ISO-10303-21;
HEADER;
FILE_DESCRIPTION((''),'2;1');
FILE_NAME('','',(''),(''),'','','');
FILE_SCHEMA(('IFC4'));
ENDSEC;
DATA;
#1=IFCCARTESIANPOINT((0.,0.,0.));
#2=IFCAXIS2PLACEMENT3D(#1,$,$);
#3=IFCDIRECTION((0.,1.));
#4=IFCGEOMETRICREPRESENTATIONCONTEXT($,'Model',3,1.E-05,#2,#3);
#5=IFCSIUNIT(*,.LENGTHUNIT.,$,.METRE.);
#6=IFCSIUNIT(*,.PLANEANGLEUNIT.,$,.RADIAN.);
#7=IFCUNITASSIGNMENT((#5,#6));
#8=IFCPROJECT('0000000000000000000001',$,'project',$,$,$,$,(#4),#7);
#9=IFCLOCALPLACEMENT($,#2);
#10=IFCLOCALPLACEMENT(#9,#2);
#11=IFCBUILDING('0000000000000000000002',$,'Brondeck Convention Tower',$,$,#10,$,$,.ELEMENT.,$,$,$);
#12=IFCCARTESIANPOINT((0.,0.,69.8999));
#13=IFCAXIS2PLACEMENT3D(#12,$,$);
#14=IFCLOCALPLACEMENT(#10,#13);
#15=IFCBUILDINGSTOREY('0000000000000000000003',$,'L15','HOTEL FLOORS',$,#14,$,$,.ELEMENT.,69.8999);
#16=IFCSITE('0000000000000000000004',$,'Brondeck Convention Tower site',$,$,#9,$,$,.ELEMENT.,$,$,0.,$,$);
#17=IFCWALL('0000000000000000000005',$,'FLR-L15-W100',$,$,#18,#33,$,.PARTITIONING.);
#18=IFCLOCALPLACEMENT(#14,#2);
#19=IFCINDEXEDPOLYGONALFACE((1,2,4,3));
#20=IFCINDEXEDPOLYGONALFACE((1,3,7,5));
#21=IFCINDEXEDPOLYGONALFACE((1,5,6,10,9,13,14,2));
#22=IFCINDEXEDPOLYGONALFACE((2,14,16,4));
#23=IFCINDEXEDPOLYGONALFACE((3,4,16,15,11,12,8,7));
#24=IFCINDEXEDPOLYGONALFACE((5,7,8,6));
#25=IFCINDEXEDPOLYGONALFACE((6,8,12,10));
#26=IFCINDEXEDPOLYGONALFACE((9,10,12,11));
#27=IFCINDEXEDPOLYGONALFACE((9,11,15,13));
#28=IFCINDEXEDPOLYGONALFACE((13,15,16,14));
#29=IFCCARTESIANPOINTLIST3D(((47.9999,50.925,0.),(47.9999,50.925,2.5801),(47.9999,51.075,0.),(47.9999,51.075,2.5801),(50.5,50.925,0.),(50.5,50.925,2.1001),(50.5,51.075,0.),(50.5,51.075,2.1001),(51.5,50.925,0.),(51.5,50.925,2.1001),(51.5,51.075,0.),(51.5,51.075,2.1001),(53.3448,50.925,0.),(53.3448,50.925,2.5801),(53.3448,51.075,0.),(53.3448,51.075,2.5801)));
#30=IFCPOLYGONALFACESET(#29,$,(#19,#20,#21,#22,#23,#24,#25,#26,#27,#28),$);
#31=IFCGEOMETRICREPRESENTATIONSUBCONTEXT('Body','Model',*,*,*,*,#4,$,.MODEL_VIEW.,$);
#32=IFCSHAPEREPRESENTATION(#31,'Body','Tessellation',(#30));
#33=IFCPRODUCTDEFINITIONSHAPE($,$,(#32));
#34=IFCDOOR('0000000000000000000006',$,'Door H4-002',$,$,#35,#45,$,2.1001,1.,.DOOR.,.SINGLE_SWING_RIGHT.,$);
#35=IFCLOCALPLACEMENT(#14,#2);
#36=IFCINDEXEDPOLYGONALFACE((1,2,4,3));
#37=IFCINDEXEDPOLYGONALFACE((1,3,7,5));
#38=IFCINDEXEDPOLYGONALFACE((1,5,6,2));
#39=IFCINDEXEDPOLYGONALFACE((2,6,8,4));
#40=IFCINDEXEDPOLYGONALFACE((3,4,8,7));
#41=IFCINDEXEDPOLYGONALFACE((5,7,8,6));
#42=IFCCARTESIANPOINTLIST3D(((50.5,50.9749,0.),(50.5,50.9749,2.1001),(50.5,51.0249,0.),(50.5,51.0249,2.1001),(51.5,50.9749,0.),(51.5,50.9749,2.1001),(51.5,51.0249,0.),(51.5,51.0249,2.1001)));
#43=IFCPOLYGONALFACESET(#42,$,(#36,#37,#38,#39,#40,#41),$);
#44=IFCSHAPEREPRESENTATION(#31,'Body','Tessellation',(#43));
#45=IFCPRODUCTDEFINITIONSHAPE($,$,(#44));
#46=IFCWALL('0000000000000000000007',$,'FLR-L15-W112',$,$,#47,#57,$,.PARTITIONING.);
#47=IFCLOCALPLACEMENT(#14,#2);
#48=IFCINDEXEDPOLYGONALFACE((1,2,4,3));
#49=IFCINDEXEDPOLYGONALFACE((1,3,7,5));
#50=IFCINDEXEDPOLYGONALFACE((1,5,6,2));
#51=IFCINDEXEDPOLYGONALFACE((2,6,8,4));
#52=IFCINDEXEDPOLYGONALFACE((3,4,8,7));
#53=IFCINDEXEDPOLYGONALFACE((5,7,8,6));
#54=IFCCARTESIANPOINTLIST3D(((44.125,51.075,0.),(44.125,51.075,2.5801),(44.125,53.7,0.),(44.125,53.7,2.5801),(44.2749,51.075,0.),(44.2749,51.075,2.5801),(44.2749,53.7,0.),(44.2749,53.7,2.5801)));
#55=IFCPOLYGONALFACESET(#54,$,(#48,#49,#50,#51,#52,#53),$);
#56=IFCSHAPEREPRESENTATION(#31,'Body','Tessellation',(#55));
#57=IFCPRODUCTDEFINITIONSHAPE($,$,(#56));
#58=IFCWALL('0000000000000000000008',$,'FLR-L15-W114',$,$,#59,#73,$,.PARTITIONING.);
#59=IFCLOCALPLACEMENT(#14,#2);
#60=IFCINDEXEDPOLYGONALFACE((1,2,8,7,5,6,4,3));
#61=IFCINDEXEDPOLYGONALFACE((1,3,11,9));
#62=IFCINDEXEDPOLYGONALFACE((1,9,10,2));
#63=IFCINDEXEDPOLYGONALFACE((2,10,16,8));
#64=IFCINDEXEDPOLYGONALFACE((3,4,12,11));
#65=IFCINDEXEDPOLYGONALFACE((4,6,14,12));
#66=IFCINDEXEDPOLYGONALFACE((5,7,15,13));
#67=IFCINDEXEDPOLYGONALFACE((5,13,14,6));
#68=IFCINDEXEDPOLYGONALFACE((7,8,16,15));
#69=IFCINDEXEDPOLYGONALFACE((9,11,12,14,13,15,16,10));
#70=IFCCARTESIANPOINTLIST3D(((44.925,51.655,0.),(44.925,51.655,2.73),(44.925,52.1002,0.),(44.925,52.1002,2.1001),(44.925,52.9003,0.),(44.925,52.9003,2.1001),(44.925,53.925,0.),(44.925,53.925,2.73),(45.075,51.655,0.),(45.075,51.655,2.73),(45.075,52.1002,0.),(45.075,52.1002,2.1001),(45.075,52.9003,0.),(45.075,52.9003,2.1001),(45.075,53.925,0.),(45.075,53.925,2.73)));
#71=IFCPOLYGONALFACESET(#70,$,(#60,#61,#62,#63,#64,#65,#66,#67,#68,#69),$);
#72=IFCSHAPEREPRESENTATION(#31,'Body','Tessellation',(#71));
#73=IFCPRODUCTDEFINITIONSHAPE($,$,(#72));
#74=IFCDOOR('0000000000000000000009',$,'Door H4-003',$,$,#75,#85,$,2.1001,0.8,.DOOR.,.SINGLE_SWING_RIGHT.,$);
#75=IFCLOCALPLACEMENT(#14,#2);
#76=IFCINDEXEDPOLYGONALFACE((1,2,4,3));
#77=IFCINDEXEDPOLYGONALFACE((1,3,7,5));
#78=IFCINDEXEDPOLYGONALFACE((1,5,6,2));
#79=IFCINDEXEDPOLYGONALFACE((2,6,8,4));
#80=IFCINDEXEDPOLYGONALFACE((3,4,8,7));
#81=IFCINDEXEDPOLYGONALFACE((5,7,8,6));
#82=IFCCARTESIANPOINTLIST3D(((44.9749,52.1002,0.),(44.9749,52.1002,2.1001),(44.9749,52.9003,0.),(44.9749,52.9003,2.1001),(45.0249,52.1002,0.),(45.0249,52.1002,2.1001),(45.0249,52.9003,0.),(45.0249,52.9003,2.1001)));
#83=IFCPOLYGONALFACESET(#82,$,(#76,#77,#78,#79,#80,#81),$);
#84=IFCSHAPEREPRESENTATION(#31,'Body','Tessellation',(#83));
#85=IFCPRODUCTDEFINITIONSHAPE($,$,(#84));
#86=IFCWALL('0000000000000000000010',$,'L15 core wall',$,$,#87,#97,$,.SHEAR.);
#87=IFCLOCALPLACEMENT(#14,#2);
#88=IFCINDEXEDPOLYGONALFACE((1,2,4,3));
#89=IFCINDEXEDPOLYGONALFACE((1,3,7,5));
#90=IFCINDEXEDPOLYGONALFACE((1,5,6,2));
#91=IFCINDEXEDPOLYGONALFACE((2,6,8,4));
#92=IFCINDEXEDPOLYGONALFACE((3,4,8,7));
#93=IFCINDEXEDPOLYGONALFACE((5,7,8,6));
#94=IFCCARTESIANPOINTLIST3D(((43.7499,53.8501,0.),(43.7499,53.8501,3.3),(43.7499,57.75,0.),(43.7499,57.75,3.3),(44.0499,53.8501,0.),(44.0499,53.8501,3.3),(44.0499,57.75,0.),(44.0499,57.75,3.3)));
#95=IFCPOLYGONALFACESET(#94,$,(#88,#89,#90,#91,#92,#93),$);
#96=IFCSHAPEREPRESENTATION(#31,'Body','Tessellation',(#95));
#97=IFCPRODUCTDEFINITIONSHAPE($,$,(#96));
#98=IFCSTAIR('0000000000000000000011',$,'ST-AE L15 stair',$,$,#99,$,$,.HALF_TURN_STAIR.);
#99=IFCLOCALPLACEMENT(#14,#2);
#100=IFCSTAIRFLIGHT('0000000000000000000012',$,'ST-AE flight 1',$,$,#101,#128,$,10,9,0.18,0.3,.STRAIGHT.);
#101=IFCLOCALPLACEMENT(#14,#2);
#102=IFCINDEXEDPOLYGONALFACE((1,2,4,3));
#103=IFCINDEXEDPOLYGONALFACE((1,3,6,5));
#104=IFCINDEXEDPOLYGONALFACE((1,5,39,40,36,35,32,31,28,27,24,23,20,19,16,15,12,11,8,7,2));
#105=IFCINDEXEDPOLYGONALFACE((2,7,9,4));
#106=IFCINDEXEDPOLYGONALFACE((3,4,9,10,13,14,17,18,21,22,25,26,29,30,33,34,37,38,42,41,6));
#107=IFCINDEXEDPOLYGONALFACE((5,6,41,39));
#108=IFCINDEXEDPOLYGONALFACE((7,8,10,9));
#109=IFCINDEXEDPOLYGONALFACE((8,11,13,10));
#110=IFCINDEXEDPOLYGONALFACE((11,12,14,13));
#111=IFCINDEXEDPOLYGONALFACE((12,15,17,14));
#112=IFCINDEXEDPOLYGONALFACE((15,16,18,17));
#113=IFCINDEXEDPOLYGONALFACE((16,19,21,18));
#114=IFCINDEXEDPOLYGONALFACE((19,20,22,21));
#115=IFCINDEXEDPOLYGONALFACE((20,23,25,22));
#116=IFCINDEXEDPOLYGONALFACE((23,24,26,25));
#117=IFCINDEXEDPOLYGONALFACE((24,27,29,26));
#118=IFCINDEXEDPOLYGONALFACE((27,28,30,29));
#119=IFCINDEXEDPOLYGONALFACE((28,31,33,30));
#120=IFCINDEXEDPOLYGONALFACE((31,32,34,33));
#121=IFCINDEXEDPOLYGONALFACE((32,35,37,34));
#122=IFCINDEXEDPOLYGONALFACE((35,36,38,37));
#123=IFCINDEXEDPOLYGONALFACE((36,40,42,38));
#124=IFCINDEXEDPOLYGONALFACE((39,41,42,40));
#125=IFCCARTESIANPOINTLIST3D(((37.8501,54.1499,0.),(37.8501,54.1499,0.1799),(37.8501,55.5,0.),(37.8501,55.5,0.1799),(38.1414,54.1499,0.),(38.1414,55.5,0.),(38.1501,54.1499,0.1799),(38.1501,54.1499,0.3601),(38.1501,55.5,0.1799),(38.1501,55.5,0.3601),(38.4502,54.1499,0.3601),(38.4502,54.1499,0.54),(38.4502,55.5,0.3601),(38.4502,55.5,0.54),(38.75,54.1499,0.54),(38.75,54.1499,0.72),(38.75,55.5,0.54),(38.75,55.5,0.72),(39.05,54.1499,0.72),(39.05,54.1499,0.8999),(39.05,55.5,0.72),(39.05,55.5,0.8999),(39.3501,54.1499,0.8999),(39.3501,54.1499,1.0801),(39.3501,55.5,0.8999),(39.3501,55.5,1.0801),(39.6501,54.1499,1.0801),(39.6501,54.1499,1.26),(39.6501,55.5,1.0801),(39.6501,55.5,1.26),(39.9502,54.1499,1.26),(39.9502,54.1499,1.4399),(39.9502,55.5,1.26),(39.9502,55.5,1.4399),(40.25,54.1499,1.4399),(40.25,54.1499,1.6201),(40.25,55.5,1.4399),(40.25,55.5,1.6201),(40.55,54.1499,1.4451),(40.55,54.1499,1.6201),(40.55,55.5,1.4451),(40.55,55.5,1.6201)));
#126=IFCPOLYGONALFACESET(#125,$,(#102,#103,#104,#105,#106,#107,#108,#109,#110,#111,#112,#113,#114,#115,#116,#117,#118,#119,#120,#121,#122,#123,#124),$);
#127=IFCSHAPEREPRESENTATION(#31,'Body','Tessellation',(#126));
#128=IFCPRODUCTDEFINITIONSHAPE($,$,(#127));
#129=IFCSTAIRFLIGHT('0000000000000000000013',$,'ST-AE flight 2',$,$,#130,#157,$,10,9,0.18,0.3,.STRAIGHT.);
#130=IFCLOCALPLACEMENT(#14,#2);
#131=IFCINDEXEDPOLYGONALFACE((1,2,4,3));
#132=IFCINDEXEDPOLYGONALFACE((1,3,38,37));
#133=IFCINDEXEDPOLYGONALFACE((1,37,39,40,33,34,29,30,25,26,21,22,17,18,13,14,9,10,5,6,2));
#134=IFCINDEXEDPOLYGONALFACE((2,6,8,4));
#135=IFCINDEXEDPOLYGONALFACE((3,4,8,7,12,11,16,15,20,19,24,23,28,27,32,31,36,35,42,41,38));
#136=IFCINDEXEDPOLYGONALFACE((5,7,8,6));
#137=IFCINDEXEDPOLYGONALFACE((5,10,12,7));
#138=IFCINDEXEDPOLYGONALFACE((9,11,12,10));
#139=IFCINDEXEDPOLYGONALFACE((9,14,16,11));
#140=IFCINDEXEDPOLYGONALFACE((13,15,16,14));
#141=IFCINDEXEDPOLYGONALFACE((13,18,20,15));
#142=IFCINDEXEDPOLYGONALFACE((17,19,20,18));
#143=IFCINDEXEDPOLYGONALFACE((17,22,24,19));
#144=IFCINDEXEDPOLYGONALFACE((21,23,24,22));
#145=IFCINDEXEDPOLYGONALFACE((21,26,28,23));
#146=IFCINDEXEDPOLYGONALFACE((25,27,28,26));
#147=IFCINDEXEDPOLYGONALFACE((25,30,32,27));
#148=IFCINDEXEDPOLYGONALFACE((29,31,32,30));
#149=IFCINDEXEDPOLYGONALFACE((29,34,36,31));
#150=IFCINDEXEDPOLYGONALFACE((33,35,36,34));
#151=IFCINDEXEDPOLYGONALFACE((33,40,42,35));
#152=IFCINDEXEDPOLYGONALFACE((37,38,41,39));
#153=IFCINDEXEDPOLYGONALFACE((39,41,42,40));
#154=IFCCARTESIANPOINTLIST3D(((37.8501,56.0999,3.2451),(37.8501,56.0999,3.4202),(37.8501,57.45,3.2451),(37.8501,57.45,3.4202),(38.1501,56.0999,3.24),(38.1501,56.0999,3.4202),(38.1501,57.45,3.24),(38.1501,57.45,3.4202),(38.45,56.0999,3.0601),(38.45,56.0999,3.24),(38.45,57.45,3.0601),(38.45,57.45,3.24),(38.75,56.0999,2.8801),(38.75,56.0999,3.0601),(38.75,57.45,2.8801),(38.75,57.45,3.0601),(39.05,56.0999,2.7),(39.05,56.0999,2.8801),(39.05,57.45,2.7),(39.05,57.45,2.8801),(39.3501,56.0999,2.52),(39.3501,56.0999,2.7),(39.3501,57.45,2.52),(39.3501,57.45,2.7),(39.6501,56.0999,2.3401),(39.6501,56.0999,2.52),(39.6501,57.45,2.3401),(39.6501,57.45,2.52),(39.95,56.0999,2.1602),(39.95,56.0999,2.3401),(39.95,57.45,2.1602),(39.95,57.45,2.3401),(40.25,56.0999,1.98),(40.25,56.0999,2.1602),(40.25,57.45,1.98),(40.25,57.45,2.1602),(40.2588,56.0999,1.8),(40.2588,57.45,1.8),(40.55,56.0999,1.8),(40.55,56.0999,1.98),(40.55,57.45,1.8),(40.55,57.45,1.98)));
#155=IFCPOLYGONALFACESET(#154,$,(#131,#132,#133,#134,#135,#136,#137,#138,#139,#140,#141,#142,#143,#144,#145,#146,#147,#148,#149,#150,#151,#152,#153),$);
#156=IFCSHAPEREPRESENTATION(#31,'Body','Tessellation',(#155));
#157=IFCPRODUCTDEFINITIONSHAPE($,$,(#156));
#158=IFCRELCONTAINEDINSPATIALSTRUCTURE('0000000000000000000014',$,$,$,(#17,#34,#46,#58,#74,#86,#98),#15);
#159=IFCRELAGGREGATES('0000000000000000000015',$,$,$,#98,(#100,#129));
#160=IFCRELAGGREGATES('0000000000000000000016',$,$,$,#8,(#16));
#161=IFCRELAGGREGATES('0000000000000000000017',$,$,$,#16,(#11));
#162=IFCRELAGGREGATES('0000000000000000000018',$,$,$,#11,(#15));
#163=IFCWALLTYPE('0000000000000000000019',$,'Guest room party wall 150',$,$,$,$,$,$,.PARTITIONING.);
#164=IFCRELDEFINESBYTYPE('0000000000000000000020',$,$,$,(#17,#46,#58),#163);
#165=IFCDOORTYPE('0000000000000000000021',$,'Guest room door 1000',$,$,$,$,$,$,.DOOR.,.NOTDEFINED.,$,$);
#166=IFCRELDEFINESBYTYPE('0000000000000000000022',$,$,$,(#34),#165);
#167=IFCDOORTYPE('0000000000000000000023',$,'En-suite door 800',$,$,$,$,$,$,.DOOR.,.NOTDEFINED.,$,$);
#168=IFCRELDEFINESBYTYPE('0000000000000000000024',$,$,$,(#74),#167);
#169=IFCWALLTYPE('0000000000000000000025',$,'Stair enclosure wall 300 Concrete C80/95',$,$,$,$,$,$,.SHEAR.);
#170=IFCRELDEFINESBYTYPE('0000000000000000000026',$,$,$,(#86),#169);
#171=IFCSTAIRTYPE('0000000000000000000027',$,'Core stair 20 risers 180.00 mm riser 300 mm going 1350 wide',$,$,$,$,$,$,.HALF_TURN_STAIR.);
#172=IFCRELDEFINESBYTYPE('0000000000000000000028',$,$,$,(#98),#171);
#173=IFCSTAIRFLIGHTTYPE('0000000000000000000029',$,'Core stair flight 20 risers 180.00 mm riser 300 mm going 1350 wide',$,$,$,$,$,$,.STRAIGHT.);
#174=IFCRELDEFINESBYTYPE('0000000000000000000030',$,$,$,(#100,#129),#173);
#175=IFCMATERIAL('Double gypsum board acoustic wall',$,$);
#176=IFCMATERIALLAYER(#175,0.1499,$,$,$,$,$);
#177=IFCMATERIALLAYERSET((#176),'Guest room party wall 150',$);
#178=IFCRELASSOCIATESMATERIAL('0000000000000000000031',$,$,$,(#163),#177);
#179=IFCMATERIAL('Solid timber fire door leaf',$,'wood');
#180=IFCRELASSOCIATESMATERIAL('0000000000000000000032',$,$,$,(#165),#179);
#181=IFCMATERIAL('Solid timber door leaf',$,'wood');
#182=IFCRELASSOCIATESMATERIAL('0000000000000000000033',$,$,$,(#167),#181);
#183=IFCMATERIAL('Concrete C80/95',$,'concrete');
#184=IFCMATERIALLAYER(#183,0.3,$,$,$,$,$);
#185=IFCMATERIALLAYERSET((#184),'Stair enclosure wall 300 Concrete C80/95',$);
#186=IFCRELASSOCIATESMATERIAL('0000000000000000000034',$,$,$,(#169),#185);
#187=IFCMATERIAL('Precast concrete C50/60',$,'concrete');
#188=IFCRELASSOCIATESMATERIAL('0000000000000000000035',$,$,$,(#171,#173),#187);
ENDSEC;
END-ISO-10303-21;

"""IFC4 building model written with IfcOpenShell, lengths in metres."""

from ifc_helpers import new_model, si_unit, direction, frame, frame_2d, origin, place, context, subcontext, project, spatial, polyline, rectangle, outline, extrude, material, layer, layer_set, type_object, element, fill, aggregate, save


model = new_model("IFC4")

# Units and contexts
model_context = context("Model", 3, precision=1e-05, world=origin(), true_north=direction((0.0, 1.0)))
body_context = subcontext(model_context, "Body", "Model", "MODEL_VIEW")
ifc_project = project(units=[si_unit("LENGTHUNIT", "METRE"), si_unit("PLANEANGLEUNIT", "RADIAN")], contexts=[model_context])

# Site, building, storey
site_placement = place(None, origin())
site = spatial("IfcSite", under=ifc_project, at=site_placement, Name="Brondeck Convention Tower site", CompositionType="ELEMENT", RefElevation=0.0)
building_placement = place(site_placement, origin())
building = spatial("IfcBuilding", under=site, at=building_placement, Name="Brondeck Convention Tower", CompositionType="ELEMENT")
storey_placement = place(building_placement, frame((0.0, 0.0, 69.8999)))
storey = spatial("IfcBuildingStorey", under=building, at=storey_placement, Name="L15", Description="HOTEL FLOORS", CompositionType="ELEMENT", Elevation=69.8999)

# Shared definitions
ifc_material_1 = material(Name="Concrete C80/95", Category="concrete")

# Shared definitions
ifc_material_2 = material(Name="Double gypsum board acoustic wall")
ifc_layer_1 = layer(ifc_material_2, 0.1499)
ifc_layer_set_1 = layer_set([ifc_layer_1], Name="Guest room party wall 150")
wall_type_1 = type_object("IfcWallType", Name="Guest room party wall 150", PredefinedType="PARTITIONING", material=ifc_layer_set_1)

# Wall, opening, door
wall_1_placement = place(storey_placement, frame((48.0, 51.0, 0.0), z_axis=(0.0, 0.0, 1.0), x_axis=(1.0, 0.0, 0.0)))
wall_1 = element("IfcWall", 1, at=wall_1_placement, inside=storey, type_object=wall_type_1, Name="FLR-L15-W100", PredefinedType="PARTITIONING", context=body_context, shape_type="SweptSolid", body=[
    extrude(rectangle(XDim=5.345, YDim=0.1499, at=frame_2d((2.6724, 0.0))), origin(), (0.0, 0.0, 1.0), 2.5801),
])
opening_1_placement = place(wall_1_placement, frame((2.5, 0.0, 0.0)))
opening_1 = element("IfcOpeningElement", 2, at=opening_1_placement, cuts=wall_1, PredefinedType="OPENING", context=body_context, shape_type="SweptSolid", body=[
    extrude(rectangle(XDim=1.0, YDim=2.1001, at=frame_2d((0.5, 1.05))), frame((0.0, 0.085, 0.0), z_axis=(0.0, -1.0, 0.0), x_axis=(1.0, 0.0, 0.0)), (0.0, 0.0, 1.0), 0.1699),
])
ifc_material_3 = material(Name="Solid timber fire door leaf", Category="wood")
door_type_1 = type_object("IfcDoorType", Name="Guest room door 1000", OperationType="NOTDEFINED", PredefinedType="DOOR", material=ifc_material_3)
door_1_placement = place(opening_1_placement, origin())
door_1 = element("IfcDoor", 3, at=door_1_placement, inside=storey, type_object=door_type_1, Name="Door H4-002", OperationType="SINGLE_SWING_RIGHT", OverallHeight=2.1001, OverallWidth=1.0, PredefinedType="DOOR", context=body_context, shape_type="SweptSolid", body=[
    extrude(rectangle(XDim=1.0, YDim=2.1001, at=frame_2d((0.5, 1.05))), frame((0.0, 0.0249, 0.0), z_axis=(0.0, -1.0, 0.0), x_axis=(1.0, 0.0, 0.0)), (0.0, 0.0, 1.0), 0.05),
])
fill(opening_1, door_1)

# Wall
wall_2_placement = place(storey_placement, frame((44.2, 53.7, 0.0), z_axis=(0.0, 0.0, 1.0), x_axis=(0.0, -1.0, 0.0)))
element("IfcWall", 4, at=wall_2_placement, inside=storey, type_object=wall_type_1, Name="FLR-L15-W112", PredefinedType="PARTITIONING", context=body_context, shape_type="SweptSolid", body=[
    extrude(rectangle(XDim=2.625, YDim=0.1499, at=frame_2d((1.3125, 0.0))), origin(), (0.0, 0.0, 1.0), 2.5801),
])

# Wall, opening, door
wall_3_placement = place(storey_placement, frame((45.0, 53.925, 0.0), z_axis=(0.0, 0.0, 1.0), x_axis=(0.0, -1.0, 0.0)))
wall_3 = element("IfcWall", 5, at=wall_3_placement, inside=storey, type_object=wall_type_1, Name="FLR-L15-W114", PredefinedType="PARTITIONING", context=body_context, shape_type="SweptSolid", body=[
    extrude(rectangle(XDim=2.27, YDim=0.1499, at=frame_2d((1.135, 0.0))), origin(), (0.0, 0.0, 1.0), 2.73),
])
opening_2_placement = place(wall_3_placement, frame((1.0249, 0.0, 0.0)))
opening_2 = element("IfcOpeningElement", 6, at=opening_2_placement, cuts=wall_3, PredefinedType="OPENING", context=body_context, shape_type="SweptSolid", body=[
    extrude(rectangle(XDim=0.8, YDim=2.1001, at=frame_2d((0.3999, 1.05))), frame((0.0, 0.085, 0.0), z_axis=(0.0, -1.0, 0.0), x_axis=(1.0, 0.0, 0.0)), (0.0, 0.0, 1.0), 0.1699),
])
ifc_material_4 = material(Name="Solid timber door leaf", Category="wood")
door_type_2 = type_object("IfcDoorType", Name="En-suite door 800", OperationType="NOTDEFINED", PredefinedType="DOOR", material=ifc_material_4)
door_2_placement = place(opening_2_placement, origin())
door_2 = element("IfcDoor", 7, at=door_2_placement, inside=storey, type_object=door_type_2, Name="Door H4-003", OperationType="SINGLE_SWING_RIGHT", OverallHeight=2.1001, OverallWidth=0.8, PredefinedType="DOOR", context=body_context, shape_type="SweptSolid", body=[
    extrude(rectangle(XDim=0.8, YDim=2.1001, at=frame_2d((0.3999, 1.05))), frame((0.0, 0.0249, 0.0), z_axis=(0.0, -1.0, 0.0), x_axis=(1.0, 0.0, 0.0)), (0.0, 0.0, 1.0), 0.05),
])
fill(opening_2, door_2)

# Wall
ifc_layer_2 = layer(ifc_material_1, 0.3)
ifc_layer_set_2 = layer_set([ifc_layer_2], Name="Stair enclosure wall 300 Concrete C80/95")
wall_type_2 = type_object("IfcWallType", Name="Stair enclosure wall 300 Concrete C80/95", PredefinedType="SHEAR", material=ifc_layer_set_2)
wall_4_placement = place(storey_placement, frame((43.8999, 53.8501, 0.0), z_axis=(0.0, 0.0, 1.0), x_axis=(0.0, 1.0, 0.0)))
element("IfcWall", 8, at=wall_4_placement, inside=storey, type_object=wall_type_2, Name="L15 core wall", PredefinedType="SHEAR", context=body_context, shape_type="SweptSolid", body=[
    extrude(rectangle(XDim=3.8999, YDim=0.3, at=frame_2d((1.95, 0.0))), origin(), (0.0, 0.0, 1.0), 3.3),
])

# Stair, stair flights
ifc_material_5 = material(Name="Precast concrete C50/60", Category="concrete")
stair_type = type_object("IfcStairType", Name="Core stair 20 risers 180.00 mm riser 300 mm going 1350 wide", PredefinedType="HALF_TURN_STAIR", material=ifc_material_5)
stair_placement = place(storey_placement, origin())
stair = element("IfcStair", 9, at=stair_placement, inside=storey, type_object=stair_type, Name="ST-AE L15 stair", PredefinedType="HALF_TURN_STAIR")
stair_flight_type = type_object("IfcStairFlightType", Name="Core stair flight 20 risers 180.00 mm riser 300 mm going 1350 wide", PredefinedType="STRAIGHT", material=ifc_material_5)
stair_flight_1_placement = place(storey_placement, frame((37.8501, 54.825, 0.0), z_axis=(0.0, 0.0, 1.0), x_axis=(1.0, 0.0, 0.0)))
stair_flight_1 = element("IfcStairFlight", 10, at=stair_flight_1_placement, type_object=stair_flight_type, Name="ST-AE flight 1", NumberOfRisers=10, NumberOfTreads=9, PredefinedType="STRAIGHT", RiserHeight=0.18, TreadLength=0.3, context=body_context, shape_type="SweptSolid", body=[
    extrude(outline(polyline([(0.0, 0.0), (0.0, 0.1799), (0.3, 0.1799), (0.3, 0.3601), (0.6001, 0.3601), (0.6001, 0.54), (0.8999, 0.54), (0.8999, 0.72), (1.2, 0.72), (1.2, 0.8999), (1.5, 0.8999), (1.5, 1.0801), (1.8, 1.0801), (1.8, 1.26), (2.1001, 1.26), (2.1001, 1.4399), (2.3999, 1.4399), (2.3999, 1.6201), (2.7, 1.6201), (2.7, 1.8), (2.7, 1.4451), (0.2913, 0.0), (0.0, 0.0)])), frame((0.0, 0.675, 0.0), z_axis=(0.0, -1.0, 0.0), x_axis=(1.0, 0.0, 0.0)), (0.0, 0.0, 1.0), 1.3501),
])
stair_flight_2_placement = place(storey_placement, frame((40.55, 56.7749, 1.8), z_axis=(0.0, 0.0, 1.0), x_axis=(-1.0, 0.0, 0.0)))
stair_flight_2 = element("IfcStairFlight", 11, at=stair_flight_2_placement, type_object=stair_flight_type, Name="ST-AE flight 2", NumberOfRisers=10, NumberOfTreads=9, PredefinedType="STRAIGHT", RiserHeight=0.18, TreadLength=0.3, context=body_context, shape_type="SweptSolid", body=[
    extrude(outline(polyline([(0.0, 0.0), (0.0, 0.1799), (0.3, 0.1799), (0.3, 0.3601), (0.6001, 0.3601), (0.6001, 0.54), (0.8999, 0.54), (0.8999, 0.72), (1.2, 0.72), (1.2, 0.8999), (1.5, 0.8999), (1.5, 1.0801), (1.8, 1.0801), (1.8, 1.26), (2.1001, 1.26), (2.1001, 1.4399), (2.3999, 1.4399), (2.3999, 1.6201), (2.7, 1.6201), (2.7, 1.8), (2.7, 1.4451), (0.2913, 0.0), (0.0, 0.0)])), frame((0.0, 0.675, 0.0), z_axis=(0.0, -1.0, 0.0), x_axis=(1.0, 0.0, 0.0)), (0.0, 0.0, 1.0), 1.3501),
])
aggregate(stair, [stair_flight_1, stair_flight_2])

save(model, "model.ifc")
